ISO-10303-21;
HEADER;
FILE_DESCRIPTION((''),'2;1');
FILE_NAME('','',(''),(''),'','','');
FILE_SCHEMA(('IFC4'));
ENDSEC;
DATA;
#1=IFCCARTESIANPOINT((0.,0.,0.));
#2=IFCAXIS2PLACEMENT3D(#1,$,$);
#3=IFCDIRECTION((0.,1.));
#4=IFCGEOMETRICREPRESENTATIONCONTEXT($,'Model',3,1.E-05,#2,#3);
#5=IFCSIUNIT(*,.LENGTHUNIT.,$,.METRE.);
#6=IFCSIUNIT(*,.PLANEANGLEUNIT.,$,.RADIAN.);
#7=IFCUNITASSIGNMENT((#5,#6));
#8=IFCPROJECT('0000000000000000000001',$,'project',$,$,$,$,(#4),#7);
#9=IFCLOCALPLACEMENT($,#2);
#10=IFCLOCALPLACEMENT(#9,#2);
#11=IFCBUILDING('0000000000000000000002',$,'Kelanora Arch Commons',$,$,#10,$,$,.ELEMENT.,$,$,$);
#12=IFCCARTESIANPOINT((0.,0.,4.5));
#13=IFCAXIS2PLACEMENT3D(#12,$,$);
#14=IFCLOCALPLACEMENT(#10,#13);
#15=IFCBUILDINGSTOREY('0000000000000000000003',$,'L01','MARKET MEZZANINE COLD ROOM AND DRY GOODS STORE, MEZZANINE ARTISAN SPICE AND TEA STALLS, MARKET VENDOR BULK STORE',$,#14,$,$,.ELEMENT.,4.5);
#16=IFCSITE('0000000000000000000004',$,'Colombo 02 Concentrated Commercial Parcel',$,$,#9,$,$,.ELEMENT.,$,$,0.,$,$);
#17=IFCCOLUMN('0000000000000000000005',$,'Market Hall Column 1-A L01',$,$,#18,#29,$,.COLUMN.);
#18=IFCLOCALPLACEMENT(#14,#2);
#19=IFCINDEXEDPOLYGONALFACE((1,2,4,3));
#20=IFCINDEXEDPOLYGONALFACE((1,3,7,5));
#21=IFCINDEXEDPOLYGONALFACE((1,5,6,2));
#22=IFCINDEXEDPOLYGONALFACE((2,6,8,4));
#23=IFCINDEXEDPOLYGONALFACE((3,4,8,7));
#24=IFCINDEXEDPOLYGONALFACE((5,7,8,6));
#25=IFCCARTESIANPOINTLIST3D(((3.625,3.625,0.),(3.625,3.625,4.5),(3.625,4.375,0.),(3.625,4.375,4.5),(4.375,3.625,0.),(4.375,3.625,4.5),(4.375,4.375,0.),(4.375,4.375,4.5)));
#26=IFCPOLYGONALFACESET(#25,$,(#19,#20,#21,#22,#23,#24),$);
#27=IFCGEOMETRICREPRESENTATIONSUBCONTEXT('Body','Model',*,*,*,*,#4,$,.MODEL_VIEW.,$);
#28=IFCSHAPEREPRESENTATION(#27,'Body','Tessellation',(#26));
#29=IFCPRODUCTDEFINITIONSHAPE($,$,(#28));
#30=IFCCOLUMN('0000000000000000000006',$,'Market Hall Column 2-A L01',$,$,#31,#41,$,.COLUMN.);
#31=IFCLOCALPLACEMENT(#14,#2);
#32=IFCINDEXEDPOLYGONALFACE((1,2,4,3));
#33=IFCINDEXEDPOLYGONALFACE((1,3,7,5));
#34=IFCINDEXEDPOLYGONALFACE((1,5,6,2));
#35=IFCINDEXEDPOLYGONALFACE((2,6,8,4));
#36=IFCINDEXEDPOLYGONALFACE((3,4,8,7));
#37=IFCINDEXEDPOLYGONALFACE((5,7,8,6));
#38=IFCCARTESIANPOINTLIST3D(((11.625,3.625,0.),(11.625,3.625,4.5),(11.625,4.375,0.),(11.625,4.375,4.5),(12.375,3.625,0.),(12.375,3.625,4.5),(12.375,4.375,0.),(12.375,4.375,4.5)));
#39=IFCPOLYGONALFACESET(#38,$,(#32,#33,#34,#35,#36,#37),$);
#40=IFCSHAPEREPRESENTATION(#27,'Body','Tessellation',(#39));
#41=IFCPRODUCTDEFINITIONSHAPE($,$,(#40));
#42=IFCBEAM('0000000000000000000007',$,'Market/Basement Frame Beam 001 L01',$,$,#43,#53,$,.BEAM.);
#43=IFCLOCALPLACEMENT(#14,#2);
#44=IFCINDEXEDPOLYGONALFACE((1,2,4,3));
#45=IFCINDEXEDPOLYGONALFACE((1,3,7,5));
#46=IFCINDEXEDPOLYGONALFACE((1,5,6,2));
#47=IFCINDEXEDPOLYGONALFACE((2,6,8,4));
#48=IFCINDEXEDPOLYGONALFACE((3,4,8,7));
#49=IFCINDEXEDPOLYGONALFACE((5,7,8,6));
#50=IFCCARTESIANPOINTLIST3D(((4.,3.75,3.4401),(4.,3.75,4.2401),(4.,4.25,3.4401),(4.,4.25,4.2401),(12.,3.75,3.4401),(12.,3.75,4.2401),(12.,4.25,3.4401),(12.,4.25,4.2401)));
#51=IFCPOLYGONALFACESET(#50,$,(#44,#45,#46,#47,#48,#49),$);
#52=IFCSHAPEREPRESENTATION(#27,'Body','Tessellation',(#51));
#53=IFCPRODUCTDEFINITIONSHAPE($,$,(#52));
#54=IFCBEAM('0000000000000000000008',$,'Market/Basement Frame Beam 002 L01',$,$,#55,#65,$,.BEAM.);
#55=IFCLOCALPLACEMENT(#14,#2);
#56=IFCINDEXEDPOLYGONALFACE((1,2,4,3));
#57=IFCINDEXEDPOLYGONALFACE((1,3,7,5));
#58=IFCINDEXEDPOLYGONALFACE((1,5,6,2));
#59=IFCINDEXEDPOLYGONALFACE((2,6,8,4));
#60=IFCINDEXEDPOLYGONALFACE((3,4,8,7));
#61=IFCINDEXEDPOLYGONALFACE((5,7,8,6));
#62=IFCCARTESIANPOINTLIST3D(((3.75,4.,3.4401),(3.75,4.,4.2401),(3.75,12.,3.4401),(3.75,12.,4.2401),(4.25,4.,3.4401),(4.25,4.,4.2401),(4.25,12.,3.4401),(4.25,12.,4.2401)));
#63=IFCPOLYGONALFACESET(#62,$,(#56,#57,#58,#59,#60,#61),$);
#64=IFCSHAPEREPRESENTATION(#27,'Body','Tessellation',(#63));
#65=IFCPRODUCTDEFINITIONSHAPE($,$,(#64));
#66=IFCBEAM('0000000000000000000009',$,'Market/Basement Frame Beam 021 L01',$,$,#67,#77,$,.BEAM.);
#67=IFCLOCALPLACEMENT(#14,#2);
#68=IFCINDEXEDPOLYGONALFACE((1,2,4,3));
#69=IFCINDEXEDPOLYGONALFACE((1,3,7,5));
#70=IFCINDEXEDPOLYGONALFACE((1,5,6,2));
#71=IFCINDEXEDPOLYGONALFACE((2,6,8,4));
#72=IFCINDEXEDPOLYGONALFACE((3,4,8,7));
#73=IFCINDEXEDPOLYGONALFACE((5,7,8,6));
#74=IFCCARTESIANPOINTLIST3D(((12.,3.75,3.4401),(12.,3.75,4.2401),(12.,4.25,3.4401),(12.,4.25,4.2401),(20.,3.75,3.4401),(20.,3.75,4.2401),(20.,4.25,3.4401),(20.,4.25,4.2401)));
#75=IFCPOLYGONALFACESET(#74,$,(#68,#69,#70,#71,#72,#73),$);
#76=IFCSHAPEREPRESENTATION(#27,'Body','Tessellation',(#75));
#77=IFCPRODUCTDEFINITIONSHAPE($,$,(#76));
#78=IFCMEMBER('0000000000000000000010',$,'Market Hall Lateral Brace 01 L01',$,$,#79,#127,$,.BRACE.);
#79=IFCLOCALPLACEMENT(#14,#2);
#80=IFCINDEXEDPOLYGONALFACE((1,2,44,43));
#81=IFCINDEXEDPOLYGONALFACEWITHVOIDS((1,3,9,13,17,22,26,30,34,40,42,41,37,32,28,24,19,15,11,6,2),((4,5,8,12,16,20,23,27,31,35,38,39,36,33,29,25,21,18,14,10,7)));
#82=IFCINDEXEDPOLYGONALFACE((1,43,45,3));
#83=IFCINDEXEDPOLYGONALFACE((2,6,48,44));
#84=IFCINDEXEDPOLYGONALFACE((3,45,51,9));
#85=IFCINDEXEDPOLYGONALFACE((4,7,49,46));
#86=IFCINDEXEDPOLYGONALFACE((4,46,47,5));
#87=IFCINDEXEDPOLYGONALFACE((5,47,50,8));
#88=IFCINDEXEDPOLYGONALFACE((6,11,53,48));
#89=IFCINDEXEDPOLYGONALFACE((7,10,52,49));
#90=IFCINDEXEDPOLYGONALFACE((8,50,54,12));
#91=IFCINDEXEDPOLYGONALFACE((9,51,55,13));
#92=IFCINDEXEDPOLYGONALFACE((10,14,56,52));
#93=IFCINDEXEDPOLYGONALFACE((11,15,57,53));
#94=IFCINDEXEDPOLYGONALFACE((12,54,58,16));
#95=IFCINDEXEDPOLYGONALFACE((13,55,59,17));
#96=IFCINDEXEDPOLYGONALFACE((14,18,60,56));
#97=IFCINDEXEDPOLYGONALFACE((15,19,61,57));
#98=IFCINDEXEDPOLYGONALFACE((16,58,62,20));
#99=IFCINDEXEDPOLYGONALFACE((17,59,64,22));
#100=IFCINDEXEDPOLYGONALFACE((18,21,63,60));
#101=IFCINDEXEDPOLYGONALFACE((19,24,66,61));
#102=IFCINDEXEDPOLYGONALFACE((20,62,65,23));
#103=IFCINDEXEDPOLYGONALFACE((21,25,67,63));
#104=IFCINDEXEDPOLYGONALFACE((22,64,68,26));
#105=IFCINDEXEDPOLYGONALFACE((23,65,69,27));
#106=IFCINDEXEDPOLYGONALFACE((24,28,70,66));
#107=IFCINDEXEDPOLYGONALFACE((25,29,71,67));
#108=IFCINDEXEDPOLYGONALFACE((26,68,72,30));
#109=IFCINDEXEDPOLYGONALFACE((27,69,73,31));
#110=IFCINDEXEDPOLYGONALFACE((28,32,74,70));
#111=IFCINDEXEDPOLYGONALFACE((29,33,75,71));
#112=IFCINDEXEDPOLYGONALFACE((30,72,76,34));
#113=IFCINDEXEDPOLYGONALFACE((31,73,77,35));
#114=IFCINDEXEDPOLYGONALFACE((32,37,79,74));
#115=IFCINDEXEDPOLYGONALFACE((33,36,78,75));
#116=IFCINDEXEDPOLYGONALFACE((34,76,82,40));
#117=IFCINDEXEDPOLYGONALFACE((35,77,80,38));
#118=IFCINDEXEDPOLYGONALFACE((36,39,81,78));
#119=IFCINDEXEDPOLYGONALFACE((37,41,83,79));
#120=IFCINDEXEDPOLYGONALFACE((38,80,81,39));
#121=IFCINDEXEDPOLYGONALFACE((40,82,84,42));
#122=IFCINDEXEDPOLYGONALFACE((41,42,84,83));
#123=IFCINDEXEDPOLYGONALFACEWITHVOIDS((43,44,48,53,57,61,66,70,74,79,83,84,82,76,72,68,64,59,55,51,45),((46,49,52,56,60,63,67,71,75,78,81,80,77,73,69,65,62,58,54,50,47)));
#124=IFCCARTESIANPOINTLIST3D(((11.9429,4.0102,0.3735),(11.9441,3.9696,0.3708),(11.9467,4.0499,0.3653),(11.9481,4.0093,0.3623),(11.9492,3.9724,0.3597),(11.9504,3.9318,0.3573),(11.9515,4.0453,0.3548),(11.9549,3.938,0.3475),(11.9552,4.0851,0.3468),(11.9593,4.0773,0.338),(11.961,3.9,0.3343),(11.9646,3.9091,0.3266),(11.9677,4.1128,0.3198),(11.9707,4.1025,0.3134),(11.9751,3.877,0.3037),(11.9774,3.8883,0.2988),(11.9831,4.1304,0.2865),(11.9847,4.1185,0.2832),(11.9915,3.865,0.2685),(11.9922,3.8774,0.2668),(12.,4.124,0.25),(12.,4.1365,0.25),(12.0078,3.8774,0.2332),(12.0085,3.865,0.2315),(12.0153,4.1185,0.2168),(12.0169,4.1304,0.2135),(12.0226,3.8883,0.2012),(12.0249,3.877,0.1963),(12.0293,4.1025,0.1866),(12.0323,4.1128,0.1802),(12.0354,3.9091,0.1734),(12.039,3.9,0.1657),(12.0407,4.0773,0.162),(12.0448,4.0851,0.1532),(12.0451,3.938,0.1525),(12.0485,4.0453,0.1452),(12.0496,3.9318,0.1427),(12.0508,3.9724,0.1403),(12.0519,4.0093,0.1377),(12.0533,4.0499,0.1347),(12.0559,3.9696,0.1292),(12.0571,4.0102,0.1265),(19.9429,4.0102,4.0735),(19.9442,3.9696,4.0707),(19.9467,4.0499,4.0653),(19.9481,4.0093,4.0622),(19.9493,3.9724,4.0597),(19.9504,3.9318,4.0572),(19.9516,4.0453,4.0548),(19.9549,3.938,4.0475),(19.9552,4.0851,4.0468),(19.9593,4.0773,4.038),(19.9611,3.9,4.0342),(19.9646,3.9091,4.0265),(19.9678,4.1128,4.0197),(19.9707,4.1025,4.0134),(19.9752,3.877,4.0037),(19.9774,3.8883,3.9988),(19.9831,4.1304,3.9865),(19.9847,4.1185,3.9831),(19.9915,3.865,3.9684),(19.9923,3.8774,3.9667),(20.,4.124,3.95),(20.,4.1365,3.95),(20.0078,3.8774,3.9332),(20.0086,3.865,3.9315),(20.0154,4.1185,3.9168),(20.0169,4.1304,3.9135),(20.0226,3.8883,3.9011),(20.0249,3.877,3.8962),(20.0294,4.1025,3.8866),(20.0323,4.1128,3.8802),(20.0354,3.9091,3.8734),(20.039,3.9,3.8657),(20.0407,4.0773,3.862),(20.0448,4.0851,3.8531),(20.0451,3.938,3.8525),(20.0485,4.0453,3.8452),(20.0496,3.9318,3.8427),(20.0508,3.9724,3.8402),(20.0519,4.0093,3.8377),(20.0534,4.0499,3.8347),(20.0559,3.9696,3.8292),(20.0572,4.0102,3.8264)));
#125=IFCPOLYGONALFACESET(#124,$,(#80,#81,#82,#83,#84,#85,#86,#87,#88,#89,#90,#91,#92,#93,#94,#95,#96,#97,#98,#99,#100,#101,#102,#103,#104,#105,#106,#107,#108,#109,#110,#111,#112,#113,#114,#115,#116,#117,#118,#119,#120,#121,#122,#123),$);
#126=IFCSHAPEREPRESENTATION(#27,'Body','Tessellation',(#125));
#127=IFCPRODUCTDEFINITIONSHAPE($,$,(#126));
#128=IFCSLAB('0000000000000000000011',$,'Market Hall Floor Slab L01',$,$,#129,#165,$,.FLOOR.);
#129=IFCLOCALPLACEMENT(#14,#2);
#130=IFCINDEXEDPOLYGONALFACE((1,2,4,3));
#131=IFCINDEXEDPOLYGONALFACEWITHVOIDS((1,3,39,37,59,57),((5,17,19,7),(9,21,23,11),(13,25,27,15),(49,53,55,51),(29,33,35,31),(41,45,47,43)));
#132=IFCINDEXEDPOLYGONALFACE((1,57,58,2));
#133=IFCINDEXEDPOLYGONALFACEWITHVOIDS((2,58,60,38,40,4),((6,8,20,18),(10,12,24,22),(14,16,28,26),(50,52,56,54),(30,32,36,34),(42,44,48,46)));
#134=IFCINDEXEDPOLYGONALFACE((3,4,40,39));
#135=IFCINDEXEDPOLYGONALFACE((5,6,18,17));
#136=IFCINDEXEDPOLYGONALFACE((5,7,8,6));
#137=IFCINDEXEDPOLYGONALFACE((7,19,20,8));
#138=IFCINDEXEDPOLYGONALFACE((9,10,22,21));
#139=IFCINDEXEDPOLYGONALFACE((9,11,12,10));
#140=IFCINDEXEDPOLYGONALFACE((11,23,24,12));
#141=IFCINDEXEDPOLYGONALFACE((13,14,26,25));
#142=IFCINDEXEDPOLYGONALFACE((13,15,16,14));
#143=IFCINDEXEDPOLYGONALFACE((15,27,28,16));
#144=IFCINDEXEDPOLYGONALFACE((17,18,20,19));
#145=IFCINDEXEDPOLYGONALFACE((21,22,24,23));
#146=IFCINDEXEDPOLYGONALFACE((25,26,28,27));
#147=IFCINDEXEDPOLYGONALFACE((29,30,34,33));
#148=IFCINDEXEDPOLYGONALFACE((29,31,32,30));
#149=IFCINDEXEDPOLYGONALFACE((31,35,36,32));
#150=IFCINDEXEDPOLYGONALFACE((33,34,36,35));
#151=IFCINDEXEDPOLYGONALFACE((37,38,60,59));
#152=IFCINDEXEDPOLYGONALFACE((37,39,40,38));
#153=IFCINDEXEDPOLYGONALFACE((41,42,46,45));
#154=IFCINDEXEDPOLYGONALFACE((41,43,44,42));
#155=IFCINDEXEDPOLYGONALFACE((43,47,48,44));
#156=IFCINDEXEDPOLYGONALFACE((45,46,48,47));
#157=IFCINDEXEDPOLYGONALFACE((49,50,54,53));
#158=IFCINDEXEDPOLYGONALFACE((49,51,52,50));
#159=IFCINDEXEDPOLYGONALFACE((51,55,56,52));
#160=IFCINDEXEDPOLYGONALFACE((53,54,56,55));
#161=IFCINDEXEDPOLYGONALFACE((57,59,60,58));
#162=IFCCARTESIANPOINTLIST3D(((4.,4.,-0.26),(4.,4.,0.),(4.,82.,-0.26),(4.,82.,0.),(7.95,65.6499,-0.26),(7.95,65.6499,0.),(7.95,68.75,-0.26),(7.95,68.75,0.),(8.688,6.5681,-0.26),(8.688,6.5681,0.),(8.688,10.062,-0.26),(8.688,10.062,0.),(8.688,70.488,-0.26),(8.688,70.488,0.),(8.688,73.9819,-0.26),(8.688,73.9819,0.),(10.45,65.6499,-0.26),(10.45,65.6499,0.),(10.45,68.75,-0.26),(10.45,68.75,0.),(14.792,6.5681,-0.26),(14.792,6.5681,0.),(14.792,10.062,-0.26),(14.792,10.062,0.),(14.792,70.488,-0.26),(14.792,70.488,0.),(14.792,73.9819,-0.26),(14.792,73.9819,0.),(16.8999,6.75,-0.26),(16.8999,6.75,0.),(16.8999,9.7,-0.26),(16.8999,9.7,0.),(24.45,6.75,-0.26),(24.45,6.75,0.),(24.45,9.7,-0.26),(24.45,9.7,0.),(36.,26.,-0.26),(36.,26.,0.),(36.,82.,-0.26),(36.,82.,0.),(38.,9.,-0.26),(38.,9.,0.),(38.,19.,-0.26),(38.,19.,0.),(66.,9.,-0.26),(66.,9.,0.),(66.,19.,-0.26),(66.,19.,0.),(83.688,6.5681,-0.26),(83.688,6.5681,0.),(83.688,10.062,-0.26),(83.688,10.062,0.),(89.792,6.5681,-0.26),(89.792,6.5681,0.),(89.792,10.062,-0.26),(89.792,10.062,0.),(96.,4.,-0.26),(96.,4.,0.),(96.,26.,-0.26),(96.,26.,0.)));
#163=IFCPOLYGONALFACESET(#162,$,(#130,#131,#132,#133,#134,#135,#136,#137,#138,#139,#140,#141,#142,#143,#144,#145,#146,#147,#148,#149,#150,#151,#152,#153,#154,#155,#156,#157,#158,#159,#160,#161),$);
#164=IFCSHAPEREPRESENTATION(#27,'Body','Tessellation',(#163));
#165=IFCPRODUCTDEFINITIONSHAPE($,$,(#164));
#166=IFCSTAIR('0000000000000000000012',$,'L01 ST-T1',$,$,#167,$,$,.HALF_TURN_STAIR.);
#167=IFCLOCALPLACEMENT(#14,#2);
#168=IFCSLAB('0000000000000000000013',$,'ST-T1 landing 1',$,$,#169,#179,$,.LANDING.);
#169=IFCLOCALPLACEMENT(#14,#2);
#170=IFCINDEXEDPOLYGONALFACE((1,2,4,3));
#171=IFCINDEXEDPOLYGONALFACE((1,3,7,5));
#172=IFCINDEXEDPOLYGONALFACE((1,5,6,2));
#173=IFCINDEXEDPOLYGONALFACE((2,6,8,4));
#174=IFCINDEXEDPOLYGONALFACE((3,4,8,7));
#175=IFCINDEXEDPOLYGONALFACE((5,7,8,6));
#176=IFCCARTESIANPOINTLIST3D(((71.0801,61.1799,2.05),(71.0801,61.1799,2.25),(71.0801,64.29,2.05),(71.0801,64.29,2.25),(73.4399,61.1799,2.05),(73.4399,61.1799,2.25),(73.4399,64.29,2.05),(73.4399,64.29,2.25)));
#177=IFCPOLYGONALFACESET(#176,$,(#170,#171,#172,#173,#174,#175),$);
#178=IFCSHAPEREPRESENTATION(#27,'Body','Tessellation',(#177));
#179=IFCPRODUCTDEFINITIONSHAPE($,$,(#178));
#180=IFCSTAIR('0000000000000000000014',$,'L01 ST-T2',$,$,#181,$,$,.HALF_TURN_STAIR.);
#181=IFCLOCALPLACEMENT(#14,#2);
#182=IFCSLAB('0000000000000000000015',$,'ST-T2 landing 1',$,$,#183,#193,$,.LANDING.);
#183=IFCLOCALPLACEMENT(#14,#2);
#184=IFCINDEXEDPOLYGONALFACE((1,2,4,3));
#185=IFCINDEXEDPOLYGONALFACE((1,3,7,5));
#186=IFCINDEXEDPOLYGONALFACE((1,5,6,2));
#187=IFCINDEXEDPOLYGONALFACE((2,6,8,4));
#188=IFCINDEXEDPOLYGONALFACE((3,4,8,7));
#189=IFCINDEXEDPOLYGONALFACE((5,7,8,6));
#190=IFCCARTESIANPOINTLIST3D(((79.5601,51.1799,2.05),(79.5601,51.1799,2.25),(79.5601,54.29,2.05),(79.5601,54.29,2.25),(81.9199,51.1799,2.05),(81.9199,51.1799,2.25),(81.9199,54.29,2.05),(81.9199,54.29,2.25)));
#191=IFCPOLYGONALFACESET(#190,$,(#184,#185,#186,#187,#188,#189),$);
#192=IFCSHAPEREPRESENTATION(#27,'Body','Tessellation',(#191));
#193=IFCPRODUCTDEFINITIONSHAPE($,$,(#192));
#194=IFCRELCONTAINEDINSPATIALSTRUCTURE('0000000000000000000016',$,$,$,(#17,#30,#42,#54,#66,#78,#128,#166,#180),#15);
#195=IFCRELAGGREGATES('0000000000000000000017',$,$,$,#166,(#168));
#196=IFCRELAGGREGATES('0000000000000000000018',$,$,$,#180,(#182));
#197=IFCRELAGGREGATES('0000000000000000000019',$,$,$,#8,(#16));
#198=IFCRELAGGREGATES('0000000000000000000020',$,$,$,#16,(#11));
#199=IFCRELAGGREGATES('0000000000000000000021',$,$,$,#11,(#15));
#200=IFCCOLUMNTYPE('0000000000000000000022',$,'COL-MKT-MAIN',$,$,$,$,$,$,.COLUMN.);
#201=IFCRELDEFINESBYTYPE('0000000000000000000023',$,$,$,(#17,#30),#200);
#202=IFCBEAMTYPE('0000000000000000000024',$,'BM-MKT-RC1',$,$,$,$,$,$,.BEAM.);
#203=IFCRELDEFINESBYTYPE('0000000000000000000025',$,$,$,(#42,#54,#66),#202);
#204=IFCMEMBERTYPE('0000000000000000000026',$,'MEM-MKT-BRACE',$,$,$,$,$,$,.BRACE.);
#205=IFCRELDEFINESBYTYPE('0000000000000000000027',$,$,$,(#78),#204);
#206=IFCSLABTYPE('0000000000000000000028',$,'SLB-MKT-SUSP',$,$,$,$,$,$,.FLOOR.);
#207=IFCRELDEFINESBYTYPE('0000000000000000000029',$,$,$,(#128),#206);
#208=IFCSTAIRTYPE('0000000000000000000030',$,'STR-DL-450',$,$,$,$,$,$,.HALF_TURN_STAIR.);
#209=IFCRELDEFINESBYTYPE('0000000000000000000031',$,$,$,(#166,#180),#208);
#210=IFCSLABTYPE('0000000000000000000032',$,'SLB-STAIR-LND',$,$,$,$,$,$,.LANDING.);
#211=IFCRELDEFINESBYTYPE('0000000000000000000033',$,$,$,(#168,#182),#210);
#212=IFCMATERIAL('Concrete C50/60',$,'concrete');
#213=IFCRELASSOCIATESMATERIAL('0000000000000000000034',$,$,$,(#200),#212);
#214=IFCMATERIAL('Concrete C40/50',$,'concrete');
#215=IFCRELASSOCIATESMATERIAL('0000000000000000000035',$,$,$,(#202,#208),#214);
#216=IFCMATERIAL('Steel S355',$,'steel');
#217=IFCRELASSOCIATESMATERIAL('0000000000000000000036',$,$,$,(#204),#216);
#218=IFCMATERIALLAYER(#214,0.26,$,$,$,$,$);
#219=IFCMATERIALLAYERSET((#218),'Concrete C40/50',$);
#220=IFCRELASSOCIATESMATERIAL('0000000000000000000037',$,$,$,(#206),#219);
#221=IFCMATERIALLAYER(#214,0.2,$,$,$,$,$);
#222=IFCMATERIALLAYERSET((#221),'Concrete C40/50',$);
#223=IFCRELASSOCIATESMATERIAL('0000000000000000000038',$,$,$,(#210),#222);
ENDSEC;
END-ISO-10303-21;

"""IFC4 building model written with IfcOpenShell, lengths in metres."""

from ifc_helpers import new_model, si_unit, direction, frame, origin, origin_2d, place, context, subcontext, project, spatial, polyline, rectangle, hollow_circle, outline, extrude, material, layer, layer_set, material_profile, profile_set, type_object, element, aggregate, save


model = new_model("IFC4")

# Units and contexts
model_context = context("Model", 3, precision=1e-05, world=origin(), true_north=direction((0.0, 1.0)))
body_context = subcontext(model_context, "Body", "Model", "MODEL_VIEW")
ifc_project = project(units=[si_unit("LENGTHUNIT", "METRE"), si_unit("PLANEANGLEUNIT", "RADIAN")], contexts=[model_context])

# Site, building, storey
site_placement = place(None, origin())
site = spatial("IfcSite", under=ifc_project, at=site_placement, Name="Colombo 02 Concentrated Commercial Parcel", CompositionType="ELEMENT", RefElevation=0.0)
building_placement = place(site_placement, origin())
building = spatial("IfcBuilding", under=site, at=building_placement, Name="Kelanora Arch Commons", CompositionType="ELEMENT")
storey_placement = place(building_placement, frame((0.0, 0.0, 4.5)))
storey = spatial("IfcBuildingStorey", under=building, at=storey_placement, Name="L01", Description="MARKET MEZZANINE COLD ROOM AND DRY GOODS STORE, MEZZANINE ARTISAN SPICE AND TEA STALLS, MARKET VENDOR BULK STORE", CompositionType="ELEMENT", Elevation=4.5)

# Columns
ifc_material_1 = material(Name="Concrete C50/60", Category="concrete")
ifc_material_profile_1 = material_profile(ifc_material_1, rectangle(XDim=0.75, YDim=0.75, at=origin_2d()), Name="RC750x750")
ifc_profile_set_1 = profile_set([ifc_material_profile_1], Name="Concrete C50/60")
column_type = type_object("IfcColumnType", Name="COL-MKT-MAIN", PredefinedType="COLUMN", material=ifc_profile_set_1)
for number, where, z_axis, x_axis, name in (
    (1, (4.0, 4.0, 0.0), (0.0, 0.0, 1.0), (1.0, 0.0, 0.0), "Market Hall Column 1-A L01"),
    (2, (12.0, 4.0, 0.0), (0.0, 0.0, 1.0), (1.0, 0.0, 0.0), "Market Hall Column 2-A L01"),
):
    element("IfcColumn", number, at=place(storey_placement, frame(where, z_axis=z_axis, x_axis=x_axis)), inside=storey, type_object=column_type, Name=name, PredefinedType="COLUMN", context=body_context, shape_type="SweptSolid", body=[
        extrude(rectangle(XDim=0.75, YDim=0.75, at=origin_2d()), origin(), (0.0, 0.0, 1.0), 4.5),
    ])

# Beams
ifc_material_2 = material(Name="Concrete C40/50", Category="concrete")
ifc_material_profile_2 = material_profile(ifc_material_2, rectangle(XDim=0.5, YDim=0.8, at=origin_2d()), Name="RCB500x800")
ifc_profile_set_2 = profile_set([ifc_material_profile_2], Name="Concrete C40/50")
beam_type = type_object("IfcBeamType", Name="BM-MKT-RC1", PredefinedType="BEAM", material=ifc_profile_set_2)
for number, where, z_axis, x_axis, name in (
    (3, (4.0, 4.0, 3.8401), (1.0, 0.0, 0.0), (0.0, 1.0, 0.0), "Market/Basement Frame Beam 001 L01"),
    (4, (4.0, 4.0, 3.8401), (0.0, 1.0, 0.0), (-1.0, 0.0, 0.0), "Market/Basement Frame Beam 002 L01"),
    (5, (12.0, 4.0, 3.8401), (1.0, 0.0, 0.0), (0.0, 1.0, 0.0), "Market/Basement Frame Beam 021 L01"),
):
    element("IfcBeam", number, at=place(storey_placement, frame(where, z_axis=z_axis, x_axis=x_axis)), inside=storey, type_object=beam_type, Name=name, PredefinedType="BEAM", context=body_context, shape_type="SweptSolid", body=[
        extrude(rectangle(XDim=0.5, YDim=0.8, at=origin_2d()), origin(), (0.0, 0.0, 1.0), 8.0),
    ])

# Member
ifc_material_3 = material(Name="Steel S355", Category="steel")
ifc_material_profile_3 = material_profile(ifc_material_3, hollow_circle(Radius=0.1365, WallThickness=0.0125, at=origin_2d()), Name="CHS273x12.5")
ifc_profile_set_3 = profile_set([ifc_material_profile_3], Name="Steel S355")
member_type = type_object("IfcMemberType", Name="MEM-MKT-BRACE", PredefinedType="BRACE", material=ifc_profile_set_3)
member_placement = place(storey_placement, frame((12.0, 4.0, 0.25), z_axis=(0.907629, 0.0, 0.419773), x_axis=(0.0, 1.0, 0.0)))
element("IfcMember", 6, at=member_placement, inside=storey, type_object=member_type, Name="Market Hall Lateral Brace 01 L01", PredefinedType="BRACE", context=body_context, shape_type="SweptSolid", body=[
    extrude(hollow_circle(Radius=0.1365, WallThickness=0.0125, at=origin_2d()), origin(), (0.0, 0.0, 1.0), 8.8142),
])

# Slab
ifc_layer_1 = layer(ifc_material_2, 0.26)
ifc_layer_set_1 = layer_set([ifc_layer_1], Name="Concrete C40/50")
slab_type_1 = type_object("IfcSlabType", Name="SLB-MKT-SUSP", PredefinedType="FLOOR", material=ifc_layer_set_1)
slab_1_placement = place(storey_placement, frame((0.0, 0.0, -0.26)))
element("IfcSlab", 7, at=slab_1_placement, inside=storey, type_object=slab_type_1, Name="Market Hall Floor Slab L01", PredefinedType="FLOOR", context=body_context, shape_type="SweptSolid", body=[
    extrude(outline(polyline([(4.0, 4.0), (96.0, 4.0), (96.0, 26.0), (36.0, 26.0), (36.0, 82.0), (4.0, 82.0), (4.0, 4.0)]), holes=[polyline([(24.45, 6.75), (16.8999, 6.75), (16.8999, 9.7), (24.45, 9.7), (24.45, 6.75)]), polyline([(8.688, 6.5681), (8.688, 10.062), (14.792, 10.062), (14.792, 6.5681), (8.688, 6.5681)]), polyline([(83.688, 6.5681), (83.688, 10.062), (89.792, 10.062), (89.792, 6.5681), (83.688, 6.5681)]), polyline([(66.0, 9.0), (38.0, 9.0), (38.0, 19.0), (66.0, 19.0), (66.0, 9.0)]), polyline([(7.95, 65.6499), (7.95, 68.75), (10.45, 68.75), (10.45, 65.6499), (7.95, 65.6499)]), polyline([(8.688, 70.488), (8.688, 73.9819), (14.792, 73.9819), (14.792, 70.488), (8.688, 70.488)])]), origin(), (0.0, 0.0, 1.0), 0.26),
])

# Stairs, slabs
stair_type = type_object("IfcStairType", Name="STR-DL-450", PredefinedType="HALF_TURN_STAIR", material=ifc_material_2)
stair_1_placement = place(storey_placement, origin())
stair_1 = element("IfcStair", 8, at=stair_1_placement, inside=storey, type_object=stair_type, Name="L01 ST-T1", PredefinedType="HALF_TURN_STAIR")
ifc_layer_2 = layer(ifc_material_2, 0.2)
ifc_layer_set_2 = layer_set([ifc_layer_2], Name="Concrete C40/50")
slab_type_2 = type_object("IfcSlabType", Name="SLB-STAIR-LND", PredefinedType="LANDING", material=ifc_layer_set_2)
slab_2_placement = place(storey_placement, frame((0.0, 0.0, 2.05)))
slab_2 = element("IfcSlab", 9, at=slab_2_placement, type_object=slab_type_2, Name="ST-T1 landing 1", PredefinedType="LANDING", context=body_context, shape_type="SweptSolid", body=[
    extrude(outline(polyline([(71.0801, 61.1799), (73.4399, 61.1799), (73.4399, 64.29), (71.0801, 64.29), (71.0801, 61.1799)])), origin(), (0.0, 0.0, 1.0), 0.2),
])
aggregate(stair_1, [slab_2])
stair_2_placement = place(storey_placement, origin())
stair_2 = element("IfcStair", 10, at=stair_2_placement, inside=storey, type_object=stair_type, Name="L01 ST-T2", PredefinedType="HALF_TURN_STAIR")
slab_3_placement = place(storey_placement, frame((0.0, 0.0, 2.05)))
slab_3 = element("IfcSlab", 11, at=slab_3_placement, type_object=slab_type_2, Name="ST-T2 landing 1", PredefinedType="LANDING", context=body_context, shape_type="SweptSolid", body=[
    extrude(outline(polyline([(79.5601, 51.1799), (81.9199, 51.1799), (81.9199, 54.29), (79.5601, 54.29), (79.5601, 51.1799)])), origin(), (0.0, 0.0, 1.0), 0.2),
])
aggregate(stair_2, [slab_3])

save(model, "model.ifc")
